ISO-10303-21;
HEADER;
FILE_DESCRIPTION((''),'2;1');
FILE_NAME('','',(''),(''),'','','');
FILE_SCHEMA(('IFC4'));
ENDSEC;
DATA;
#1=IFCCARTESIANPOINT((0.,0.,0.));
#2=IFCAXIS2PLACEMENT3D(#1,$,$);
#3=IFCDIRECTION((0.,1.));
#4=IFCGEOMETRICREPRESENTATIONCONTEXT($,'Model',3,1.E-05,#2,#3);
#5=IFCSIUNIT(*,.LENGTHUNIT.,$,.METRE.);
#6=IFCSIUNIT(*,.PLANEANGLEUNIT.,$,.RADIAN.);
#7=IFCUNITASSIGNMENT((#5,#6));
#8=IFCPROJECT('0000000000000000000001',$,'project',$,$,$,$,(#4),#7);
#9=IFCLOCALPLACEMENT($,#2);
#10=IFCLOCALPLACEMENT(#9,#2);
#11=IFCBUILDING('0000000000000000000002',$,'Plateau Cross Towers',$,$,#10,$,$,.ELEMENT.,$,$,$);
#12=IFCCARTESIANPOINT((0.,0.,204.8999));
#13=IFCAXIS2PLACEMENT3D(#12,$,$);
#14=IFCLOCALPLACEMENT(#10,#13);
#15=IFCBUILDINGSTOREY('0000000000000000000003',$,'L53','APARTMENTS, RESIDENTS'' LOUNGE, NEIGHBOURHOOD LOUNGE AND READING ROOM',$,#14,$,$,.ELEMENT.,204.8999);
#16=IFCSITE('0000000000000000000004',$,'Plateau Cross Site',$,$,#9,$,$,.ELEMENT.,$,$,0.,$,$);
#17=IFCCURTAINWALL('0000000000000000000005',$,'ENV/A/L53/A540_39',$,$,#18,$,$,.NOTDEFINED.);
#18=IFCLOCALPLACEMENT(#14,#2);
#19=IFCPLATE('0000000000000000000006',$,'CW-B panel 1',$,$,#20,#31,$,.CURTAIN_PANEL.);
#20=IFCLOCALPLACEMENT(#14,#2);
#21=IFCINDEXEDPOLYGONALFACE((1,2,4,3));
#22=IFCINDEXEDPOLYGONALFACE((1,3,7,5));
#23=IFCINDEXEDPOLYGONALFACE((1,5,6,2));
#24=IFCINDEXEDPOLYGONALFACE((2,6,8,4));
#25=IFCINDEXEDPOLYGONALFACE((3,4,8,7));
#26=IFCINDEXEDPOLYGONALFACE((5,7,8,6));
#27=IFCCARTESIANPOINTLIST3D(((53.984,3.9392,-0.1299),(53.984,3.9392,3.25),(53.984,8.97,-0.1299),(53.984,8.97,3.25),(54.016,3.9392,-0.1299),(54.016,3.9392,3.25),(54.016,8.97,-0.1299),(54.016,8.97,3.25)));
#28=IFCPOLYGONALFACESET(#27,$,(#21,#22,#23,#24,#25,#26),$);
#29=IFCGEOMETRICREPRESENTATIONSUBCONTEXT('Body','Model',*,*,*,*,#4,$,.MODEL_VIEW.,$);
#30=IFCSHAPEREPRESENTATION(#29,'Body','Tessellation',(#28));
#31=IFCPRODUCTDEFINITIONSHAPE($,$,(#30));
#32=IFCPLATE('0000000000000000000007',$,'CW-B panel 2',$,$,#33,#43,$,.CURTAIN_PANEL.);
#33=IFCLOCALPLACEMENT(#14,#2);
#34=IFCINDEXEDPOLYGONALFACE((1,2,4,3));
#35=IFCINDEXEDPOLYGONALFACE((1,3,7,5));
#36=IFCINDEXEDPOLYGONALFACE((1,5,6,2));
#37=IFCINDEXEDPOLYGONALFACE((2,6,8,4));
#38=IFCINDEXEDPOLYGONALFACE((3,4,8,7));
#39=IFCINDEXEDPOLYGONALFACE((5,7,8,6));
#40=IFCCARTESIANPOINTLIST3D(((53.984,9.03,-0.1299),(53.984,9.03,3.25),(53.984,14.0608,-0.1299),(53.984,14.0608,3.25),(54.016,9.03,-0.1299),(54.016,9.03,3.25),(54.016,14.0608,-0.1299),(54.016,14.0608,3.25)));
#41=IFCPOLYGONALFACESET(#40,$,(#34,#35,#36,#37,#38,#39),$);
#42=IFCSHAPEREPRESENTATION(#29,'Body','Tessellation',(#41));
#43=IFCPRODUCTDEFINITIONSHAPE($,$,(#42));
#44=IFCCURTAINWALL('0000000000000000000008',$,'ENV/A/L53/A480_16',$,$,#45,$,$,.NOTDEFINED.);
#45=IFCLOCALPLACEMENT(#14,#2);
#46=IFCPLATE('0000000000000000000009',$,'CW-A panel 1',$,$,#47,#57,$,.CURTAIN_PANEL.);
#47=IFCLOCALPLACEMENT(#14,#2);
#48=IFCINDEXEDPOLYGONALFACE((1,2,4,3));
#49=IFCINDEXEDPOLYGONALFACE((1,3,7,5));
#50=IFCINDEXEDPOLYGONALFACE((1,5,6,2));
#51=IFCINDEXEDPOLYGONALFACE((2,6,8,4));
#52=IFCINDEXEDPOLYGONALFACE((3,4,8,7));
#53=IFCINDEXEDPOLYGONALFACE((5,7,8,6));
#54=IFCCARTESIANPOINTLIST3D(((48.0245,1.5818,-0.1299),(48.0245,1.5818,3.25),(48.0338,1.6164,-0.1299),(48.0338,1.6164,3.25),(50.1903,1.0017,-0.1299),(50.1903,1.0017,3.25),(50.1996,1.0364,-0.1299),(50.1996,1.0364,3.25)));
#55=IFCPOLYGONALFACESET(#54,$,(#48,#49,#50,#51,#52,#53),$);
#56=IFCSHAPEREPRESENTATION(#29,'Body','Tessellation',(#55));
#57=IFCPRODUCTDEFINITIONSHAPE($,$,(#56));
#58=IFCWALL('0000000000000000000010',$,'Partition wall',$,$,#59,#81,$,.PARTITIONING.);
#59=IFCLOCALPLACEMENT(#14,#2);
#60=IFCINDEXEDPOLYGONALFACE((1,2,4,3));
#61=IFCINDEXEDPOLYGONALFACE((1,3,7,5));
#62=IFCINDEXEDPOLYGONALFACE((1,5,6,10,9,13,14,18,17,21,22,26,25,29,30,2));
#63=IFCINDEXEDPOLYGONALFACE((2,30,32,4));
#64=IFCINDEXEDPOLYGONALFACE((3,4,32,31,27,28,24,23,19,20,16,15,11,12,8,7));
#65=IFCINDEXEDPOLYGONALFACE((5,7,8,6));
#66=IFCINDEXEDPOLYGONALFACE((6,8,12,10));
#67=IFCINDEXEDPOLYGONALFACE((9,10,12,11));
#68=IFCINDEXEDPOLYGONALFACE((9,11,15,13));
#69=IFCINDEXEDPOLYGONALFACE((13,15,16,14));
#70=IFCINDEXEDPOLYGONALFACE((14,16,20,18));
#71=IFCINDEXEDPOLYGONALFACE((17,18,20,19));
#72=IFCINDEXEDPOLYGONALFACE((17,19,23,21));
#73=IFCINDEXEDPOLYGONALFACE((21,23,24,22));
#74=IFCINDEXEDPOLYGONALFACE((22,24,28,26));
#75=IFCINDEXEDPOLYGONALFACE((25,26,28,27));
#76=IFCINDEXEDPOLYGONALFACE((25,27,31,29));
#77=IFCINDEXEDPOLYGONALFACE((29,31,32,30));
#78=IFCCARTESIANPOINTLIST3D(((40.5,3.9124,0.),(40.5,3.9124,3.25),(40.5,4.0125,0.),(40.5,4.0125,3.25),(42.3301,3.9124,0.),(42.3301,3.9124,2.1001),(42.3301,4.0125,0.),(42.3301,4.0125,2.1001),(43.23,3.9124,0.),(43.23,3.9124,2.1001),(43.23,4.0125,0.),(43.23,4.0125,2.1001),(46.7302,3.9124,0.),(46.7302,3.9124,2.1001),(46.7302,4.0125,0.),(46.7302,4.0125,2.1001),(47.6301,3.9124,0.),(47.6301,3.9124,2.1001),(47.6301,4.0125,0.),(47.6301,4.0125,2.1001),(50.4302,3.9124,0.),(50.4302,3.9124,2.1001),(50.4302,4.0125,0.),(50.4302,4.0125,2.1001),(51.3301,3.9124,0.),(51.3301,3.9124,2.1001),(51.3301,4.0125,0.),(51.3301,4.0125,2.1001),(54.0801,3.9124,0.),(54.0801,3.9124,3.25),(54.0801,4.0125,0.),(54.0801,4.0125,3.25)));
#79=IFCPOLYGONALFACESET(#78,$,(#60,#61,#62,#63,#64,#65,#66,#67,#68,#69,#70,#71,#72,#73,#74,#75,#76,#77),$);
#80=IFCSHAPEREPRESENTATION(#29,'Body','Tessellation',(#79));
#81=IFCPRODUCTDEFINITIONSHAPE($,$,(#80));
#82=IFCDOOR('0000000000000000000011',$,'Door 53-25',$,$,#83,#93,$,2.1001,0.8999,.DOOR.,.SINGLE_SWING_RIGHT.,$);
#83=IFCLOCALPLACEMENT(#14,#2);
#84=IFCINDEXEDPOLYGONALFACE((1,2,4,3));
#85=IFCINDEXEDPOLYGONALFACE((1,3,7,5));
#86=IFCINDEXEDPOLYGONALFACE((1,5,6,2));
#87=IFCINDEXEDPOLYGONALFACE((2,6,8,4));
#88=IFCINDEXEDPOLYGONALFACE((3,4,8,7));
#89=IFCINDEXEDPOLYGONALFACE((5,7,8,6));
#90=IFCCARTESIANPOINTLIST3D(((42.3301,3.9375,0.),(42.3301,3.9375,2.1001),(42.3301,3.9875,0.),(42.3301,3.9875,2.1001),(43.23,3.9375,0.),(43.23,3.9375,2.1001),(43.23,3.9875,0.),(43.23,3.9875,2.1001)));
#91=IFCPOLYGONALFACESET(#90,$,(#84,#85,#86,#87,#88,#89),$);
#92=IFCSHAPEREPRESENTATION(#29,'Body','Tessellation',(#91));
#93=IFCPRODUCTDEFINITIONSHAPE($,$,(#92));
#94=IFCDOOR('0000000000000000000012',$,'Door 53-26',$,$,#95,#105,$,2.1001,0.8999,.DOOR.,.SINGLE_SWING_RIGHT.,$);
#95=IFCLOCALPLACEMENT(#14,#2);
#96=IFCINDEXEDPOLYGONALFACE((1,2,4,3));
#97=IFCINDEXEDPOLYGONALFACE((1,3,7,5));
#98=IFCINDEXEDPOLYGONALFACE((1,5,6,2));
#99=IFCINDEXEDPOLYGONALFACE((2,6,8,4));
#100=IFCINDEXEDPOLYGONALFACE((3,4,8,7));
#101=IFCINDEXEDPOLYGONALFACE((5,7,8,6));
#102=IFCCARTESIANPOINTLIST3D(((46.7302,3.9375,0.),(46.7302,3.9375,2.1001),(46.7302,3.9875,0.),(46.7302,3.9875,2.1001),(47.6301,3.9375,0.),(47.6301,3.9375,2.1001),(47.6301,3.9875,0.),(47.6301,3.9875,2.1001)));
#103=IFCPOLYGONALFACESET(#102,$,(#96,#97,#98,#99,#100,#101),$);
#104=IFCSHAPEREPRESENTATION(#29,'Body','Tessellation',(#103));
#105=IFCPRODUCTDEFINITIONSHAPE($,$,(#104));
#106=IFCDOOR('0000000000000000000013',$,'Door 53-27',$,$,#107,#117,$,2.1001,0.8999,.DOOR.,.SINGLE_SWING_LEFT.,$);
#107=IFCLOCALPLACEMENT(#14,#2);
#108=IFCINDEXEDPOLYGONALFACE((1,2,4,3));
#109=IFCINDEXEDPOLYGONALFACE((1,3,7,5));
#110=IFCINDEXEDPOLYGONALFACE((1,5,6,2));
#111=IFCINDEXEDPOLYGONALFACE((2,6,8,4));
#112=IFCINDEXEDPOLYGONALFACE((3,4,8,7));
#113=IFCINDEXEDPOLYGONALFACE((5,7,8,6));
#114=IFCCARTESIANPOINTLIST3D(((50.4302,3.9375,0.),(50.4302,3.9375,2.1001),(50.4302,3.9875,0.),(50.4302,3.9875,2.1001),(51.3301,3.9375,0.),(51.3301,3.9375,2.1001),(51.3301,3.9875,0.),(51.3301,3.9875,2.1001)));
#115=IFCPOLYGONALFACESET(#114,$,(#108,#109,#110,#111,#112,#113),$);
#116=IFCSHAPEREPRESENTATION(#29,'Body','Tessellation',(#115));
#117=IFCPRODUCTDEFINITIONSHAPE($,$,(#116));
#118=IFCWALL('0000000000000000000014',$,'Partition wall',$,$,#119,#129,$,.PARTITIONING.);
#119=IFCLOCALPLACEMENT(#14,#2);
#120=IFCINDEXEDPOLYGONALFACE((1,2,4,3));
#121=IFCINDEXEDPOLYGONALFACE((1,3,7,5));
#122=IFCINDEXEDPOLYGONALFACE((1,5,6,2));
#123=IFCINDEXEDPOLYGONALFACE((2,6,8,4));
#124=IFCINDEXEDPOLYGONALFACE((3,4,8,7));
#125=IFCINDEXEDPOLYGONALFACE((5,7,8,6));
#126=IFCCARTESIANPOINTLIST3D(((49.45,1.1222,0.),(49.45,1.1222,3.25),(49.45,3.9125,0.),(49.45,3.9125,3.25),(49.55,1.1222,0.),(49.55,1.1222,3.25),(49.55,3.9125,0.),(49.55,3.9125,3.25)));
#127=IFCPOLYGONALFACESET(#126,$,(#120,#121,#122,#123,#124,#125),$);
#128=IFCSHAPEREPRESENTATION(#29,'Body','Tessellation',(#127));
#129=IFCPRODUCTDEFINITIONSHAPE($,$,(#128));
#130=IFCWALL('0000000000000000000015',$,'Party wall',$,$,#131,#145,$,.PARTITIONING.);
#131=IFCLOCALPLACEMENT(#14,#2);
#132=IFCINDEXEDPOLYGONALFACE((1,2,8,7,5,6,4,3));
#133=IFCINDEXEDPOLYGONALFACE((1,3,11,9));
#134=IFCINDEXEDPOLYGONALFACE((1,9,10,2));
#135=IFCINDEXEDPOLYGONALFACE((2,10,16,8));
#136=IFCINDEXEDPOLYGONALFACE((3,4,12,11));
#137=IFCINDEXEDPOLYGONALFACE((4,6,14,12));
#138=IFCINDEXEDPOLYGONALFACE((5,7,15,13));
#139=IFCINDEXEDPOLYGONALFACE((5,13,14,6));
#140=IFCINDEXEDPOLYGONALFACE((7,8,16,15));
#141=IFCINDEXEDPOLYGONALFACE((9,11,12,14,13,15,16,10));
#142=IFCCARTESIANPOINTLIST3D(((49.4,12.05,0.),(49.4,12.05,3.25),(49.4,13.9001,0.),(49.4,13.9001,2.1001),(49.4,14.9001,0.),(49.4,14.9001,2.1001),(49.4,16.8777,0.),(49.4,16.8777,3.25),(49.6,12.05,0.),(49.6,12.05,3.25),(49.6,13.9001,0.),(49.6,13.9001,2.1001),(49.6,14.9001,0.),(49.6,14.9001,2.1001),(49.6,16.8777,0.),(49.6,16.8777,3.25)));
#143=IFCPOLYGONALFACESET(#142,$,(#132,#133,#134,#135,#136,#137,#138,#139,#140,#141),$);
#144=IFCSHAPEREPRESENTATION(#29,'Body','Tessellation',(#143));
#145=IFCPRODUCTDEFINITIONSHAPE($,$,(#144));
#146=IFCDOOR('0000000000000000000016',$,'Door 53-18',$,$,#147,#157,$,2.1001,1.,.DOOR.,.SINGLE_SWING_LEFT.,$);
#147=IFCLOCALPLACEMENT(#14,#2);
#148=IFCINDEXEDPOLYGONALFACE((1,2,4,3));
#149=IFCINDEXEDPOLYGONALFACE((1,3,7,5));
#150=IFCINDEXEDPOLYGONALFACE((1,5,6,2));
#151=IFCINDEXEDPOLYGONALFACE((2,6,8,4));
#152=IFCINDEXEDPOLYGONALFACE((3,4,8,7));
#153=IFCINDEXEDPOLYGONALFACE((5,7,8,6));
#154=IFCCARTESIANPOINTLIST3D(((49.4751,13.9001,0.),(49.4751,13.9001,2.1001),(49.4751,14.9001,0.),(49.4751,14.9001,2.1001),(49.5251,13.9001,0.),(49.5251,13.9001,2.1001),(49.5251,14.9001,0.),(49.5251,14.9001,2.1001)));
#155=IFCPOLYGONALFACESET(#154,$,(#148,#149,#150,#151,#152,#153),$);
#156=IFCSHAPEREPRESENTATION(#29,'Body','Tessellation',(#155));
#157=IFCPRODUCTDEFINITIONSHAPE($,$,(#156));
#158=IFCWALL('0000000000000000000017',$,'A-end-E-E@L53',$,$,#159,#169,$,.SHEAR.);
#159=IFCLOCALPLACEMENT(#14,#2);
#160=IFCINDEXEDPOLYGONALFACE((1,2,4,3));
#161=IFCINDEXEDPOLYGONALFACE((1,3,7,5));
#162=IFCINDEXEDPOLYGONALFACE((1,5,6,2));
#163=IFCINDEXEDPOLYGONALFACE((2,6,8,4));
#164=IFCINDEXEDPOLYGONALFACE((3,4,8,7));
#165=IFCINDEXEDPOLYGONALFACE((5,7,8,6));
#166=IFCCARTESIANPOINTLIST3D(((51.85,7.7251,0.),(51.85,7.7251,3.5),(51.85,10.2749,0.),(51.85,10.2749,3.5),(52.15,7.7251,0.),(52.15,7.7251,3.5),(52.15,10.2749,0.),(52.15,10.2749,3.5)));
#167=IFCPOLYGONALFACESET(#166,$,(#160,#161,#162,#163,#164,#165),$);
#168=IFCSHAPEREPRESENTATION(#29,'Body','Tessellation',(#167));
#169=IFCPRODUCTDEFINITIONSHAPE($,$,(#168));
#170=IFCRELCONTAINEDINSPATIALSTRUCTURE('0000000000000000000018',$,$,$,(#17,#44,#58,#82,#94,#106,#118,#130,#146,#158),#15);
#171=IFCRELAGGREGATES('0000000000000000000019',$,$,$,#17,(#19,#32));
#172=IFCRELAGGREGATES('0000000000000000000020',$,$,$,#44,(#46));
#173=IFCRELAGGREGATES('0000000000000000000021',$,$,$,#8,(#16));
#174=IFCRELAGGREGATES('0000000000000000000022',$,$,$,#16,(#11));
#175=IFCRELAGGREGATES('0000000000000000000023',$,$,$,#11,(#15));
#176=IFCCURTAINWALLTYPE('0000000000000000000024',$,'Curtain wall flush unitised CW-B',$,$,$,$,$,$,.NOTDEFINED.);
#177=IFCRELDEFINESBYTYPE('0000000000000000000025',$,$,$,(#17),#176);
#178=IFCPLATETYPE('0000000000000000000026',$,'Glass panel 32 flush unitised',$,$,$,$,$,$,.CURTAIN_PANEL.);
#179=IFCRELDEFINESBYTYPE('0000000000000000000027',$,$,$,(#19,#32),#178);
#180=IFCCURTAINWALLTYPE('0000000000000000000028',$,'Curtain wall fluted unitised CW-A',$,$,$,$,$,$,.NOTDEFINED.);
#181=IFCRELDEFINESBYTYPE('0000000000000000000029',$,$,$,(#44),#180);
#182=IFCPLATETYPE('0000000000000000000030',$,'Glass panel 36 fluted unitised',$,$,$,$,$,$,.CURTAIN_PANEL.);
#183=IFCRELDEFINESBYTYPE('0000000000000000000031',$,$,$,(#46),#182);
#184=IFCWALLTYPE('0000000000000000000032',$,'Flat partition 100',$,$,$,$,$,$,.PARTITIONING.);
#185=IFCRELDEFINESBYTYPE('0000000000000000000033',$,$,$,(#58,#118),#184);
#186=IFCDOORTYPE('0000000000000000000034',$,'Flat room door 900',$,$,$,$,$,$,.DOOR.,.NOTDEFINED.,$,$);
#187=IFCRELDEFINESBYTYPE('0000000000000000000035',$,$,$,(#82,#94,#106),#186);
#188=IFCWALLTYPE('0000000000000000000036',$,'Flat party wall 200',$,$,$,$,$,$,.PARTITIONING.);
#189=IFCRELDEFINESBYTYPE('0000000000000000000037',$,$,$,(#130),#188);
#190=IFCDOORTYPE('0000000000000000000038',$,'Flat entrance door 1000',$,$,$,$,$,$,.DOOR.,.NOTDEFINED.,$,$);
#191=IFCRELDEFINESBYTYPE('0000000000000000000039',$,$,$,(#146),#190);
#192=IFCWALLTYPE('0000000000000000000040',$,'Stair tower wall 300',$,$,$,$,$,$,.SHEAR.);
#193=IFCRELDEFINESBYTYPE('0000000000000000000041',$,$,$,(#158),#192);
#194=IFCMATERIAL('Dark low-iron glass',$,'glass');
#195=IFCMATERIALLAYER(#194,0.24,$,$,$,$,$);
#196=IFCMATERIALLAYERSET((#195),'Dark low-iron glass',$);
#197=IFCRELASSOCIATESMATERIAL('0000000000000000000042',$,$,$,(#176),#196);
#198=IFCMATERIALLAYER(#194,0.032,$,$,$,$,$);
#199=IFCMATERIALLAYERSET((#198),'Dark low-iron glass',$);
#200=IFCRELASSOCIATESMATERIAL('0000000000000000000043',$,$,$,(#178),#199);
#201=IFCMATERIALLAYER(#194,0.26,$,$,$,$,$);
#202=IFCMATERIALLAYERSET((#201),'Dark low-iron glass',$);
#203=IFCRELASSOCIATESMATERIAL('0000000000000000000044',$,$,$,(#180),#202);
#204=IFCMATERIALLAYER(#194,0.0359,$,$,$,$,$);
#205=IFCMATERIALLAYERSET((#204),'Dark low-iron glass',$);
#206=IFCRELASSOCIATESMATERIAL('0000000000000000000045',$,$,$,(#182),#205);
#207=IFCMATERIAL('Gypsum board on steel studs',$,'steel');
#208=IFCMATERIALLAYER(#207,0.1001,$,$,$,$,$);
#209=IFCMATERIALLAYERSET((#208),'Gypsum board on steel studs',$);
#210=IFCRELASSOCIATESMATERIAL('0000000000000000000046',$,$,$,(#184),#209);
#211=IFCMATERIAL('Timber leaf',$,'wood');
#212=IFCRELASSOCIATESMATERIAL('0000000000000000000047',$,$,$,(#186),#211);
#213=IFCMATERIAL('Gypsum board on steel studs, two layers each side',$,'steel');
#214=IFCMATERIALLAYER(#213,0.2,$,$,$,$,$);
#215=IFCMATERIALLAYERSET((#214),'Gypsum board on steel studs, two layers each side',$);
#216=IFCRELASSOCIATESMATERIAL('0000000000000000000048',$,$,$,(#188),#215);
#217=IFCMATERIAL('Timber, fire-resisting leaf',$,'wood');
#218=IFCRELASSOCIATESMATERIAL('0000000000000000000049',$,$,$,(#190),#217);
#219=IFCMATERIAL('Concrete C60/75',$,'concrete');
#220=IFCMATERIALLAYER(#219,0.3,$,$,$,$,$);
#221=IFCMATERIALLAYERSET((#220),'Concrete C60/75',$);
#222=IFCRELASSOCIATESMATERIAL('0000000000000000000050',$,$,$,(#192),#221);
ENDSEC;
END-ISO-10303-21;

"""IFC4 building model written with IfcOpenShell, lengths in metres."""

from ifc_helpers import new_model, si_unit, direction, frame, frame_2d, origin, origin_2d, place, context, subcontext, project, spatial, rectangle, extrude, material, layer, layer_set, type_object, element, fill, aggregate, save


model = new_model("IFC4")

# Units and contexts
model_context = context("Model", 3, precision=1e-05, world=origin(), true_north=direction((0.0, 1.0)))
body_context = subcontext(model_context, "Body", "Model", "MODEL_VIEW")
ifc_project = project(units=[si_unit("LENGTHUNIT", "METRE"), si_unit("PLANEANGLEUNIT", "RADIAN")], contexts=[model_context])

# Site, building, storey
site_placement = place(None, origin())
site = spatial("IfcSite", under=ifc_project, at=site_placement, Name="Plateau Cross Site", CompositionType="ELEMENT", RefElevation=0.0)
building_placement = place(site_placement, origin())
building = spatial("IfcBuilding", under=site, at=building_placement, Name="Plateau Cross Towers", CompositionType="ELEMENT")
storey_placement = place(building_placement, frame((0.0, 0.0, 204.8999)))
storey = spatial("IfcBuildingStorey", under=building, at=storey_placement, Name="L53", Description="APARTMENTS, RESIDENTS' LOUNGE, NEIGHBOURHOOD LOUNGE AND READING ROOM", CompositionType="ELEMENT", Elevation=204.8999)

# Shared definitions
ifc_material_1 = material(Name="Concrete C60/75", Category="concrete")

# Shared definitions
ifc_material_2 = material(Name="Dark low-iron glass", Category="glass")
ifc_layer_1 = layer(ifc_material_2, 0.24)
ifc_layer_set_1 = layer_set([ifc_layer_1], Name="Dark low-iron glass")
curtain_wall_type_1 = type_object("IfcCurtainWallType", Name="Curtain wall flush unitised CW-B", PredefinedType="NOTDEFINED", material=ifc_layer_set_1)

# Curtain wall
curtain_wall_1_placement = place(storey_placement, origin())
curtain_wall_1 = element("IfcCurtainWall", 1, at=curtain_wall_1_placement, inside=storey, type_object=curtain_wall_type_1, Name="ENV/A/L53/A540_39", PredefinedType="NOTDEFINED")

# Plates
ifc_layer_2 = layer(ifc_material_2, 0.032)
ifc_layer_set_2 = layer_set([ifc_layer_2], Name="Dark low-iron glass")
plate_type_1 = type_object("IfcPlateType", Name="Glass panel 32 flush unitised", PredefinedType="CURTAIN_PANEL", material=ifc_layer_set_2)
plate_1_placement = place(storey_placement, frame((54.0, 6.4546, -0.1299), z_axis=(0.0, 0.0, 1.0), x_axis=(0.0, 1.0, 0.0)))
plate_1 = element("IfcPlate", 2, at=plate_1_placement, type_object=plate_type_1, Name="CW-B panel 1", PredefinedType="CURTAIN_PANEL", context=body_context, shape_type="SweptSolid", body=[
    extrude(rectangle(XDim=5.0308, YDim=0.032, at=origin_2d()), origin(), (0.0, 0.0, 1.0), 3.3799),
])
plate_2_placement = place(storey_placement, frame((54.0, 11.5454, -0.1299), z_axis=(0.0, 0.0, 1.0), x_axis=(0.0, 1.0, 0.0)))
plate_2 = element("IfcPlate", 3, at=plate_2_placement, type_object=plate_type_1, Name="CW-B panel 2", PredefinedType="CURTAIN_PANEL", context=body_context, shape_type="SweptSolid", body=[
    extrude(rectangle(XDim=5.0308, YDim=0.032, at=origin_2d()), origin(), (0.0, 0.0, 1.0), 3.3799),
])
aggregate(curtain_wall_1, [plate_1, plate_2])

# Curtain wall, plate
ifc_layer_3 = layer(ifc_material_2, 0.26)
ifc_layer_set_3 = layer_set([ifc_layer_3], Name="Dark low-iron glass")
curtain_wall_type_2 = type_object("IfcCurtainWallType", Name="Curtain wall fluted unitised CW-A", PredefinedType="NOTDEFINED", material=ifc_layer_set_3)
curtain_wall_2_placement = place(storey_placement, origin())
curtain_wall_2 = element("IfcCurtainWall", 4, at=curtain_wall_2_placement, inside=storey, type_object=curtain_wall_type_2, Name="ENV/A/L53/A480_16", PredefinedType="NOTDEFINED")
ifc_layer_4 = layer(ifc_material_2, 0.0359)
ifc_layer_set_4 = layer_set([ifc_layer_4], Name="Dark low-iron glass")
plate_type_2 = type_object("IfcPlateType", Name="Glass panel 36 fluted unitised", PredefinedType="CURTAIN_PANEL", material=ifc_layer_set_4)
plate_3_placement = place(storey_placement, frame((49.1121, 1.3091, -0.1299), z_axis=(0.0, 0.0, 1.0), x_axis=(0.965958, -0.258699, 0.0)))
plate_3 = element("IfcPlate", 5, at=plate_3_placement, type_object=plate_type_2, Name="CW-A panel 1", PredefinedType="CURTAIN_PANEL", context=body_context, shape_type="SweptSolid", body=[
    extrude(rectangle(XDim=2.2422, YDim=0.0359, at=origin_2d()), origin(), (0.0, 0.0, 1.0), 3.3799),
])
aggregate(curtain_wall_2, [plate_3])

# Wall, openings, doors
ifc_material_3 = material(Name="Gypsum board on steel studs", Category="steel")
ifc_layer_5 = layer(ifc_material_3, 0.1001)
ifc_layer_set_5 = layer_set([ifc_layer_5], Name="Gypsum board on steel studs")
wall_type_1 = type_object("IfcWallType", Name="Flat partition 100", PredefinedType="PARTITIONING", material=ifc_layer_set_5)
wall_1_placement = place(storey_placement, frame((54.0801, 3.9624, 0.0), z_axis=(0.0, 0.0, 1.0), x_axis=(-1.0, 0.0, 0.0)))
wall_1 = element("IfcWall", 6, at=wall_1_placement, inside=storey, type_object=wall_type_1, Name="Partition wall", PredefinedType="PARTITIONING", context=body_context, shape_type="SweptSolid", body=[
    extrude(rectangle(XDim=13.5801, YDim=0.1001, at=frame_2d((6.79, 0.0))), origin(), (0.0, 0.0, 1.0), 3.25),
])
opening_1_placement = place(wall_1_placement, frame((10.8501, 0.0, 0.0)))
opening_1 = element("IfcOpeningElement", 7, at=opening_1_placement, cuts=wall_1, PredefinedType="OPENING", context=body_context, shape_type="SweptSolid", body=[
    extrude(rectangle(XDim=0.8999, YDim=2.1001, at=frame_2d((0.45, 1.05))), frame((0.0, 0.0601, 0.0), z_axis=(0.0, -1.0, 0.0), x_axis=(1.0, 0.0, 0.0)), (0.0, 0.0, 1.0), 0.1201),
])
opening_2_placement = place(wall_1_placement, frame((6.45, 0.0, 0.0)))
opening_2 = element("IfcOpeningElement", 8, at=opening_2_placement, cuts=wall_1, PredefinedType="OPENING", context=body_context, shape_type="SweptSolid", body=[
    extrude(rectangle(XDim=0.8999, YDim=2.1001, at=frame_2d((0.45, 1.05))), frame((0.0, 0.0601, 0.0), z_axis=(0.0, -1.0, 0.0), x_axis=(1.0, 0.0, 0.0)), (0.0, 0.0, 1.0), 0.1201),
])
opening_3_placement = place(wall_1_placement, frame((2.75, 0.0, 0.0)))
opening_3 = element("IfcOpeningElement", 9, at=opening_3_placement, cuts=wall_1, PredefinedType="OPENING", context=body_context, shape_type="SweptSolid", body=[
    extrude(rectangle(XDim=0.8999, YDim=2.1001, at=frame_2d((0.45, 1.05))), frame((0.0, 0.0601, 0.0), z_axis=(0.0, -1.0, 0.0), x_axis=(1.0, 0.0, 0.0)), (0.0, 0.0, 1.0), 0.1201),
])
ifc_material_4 = material(Name="Timber leaf", Category="wood")
door_type_1 = type_object("IfcDoorType", Name="Flat room door 900", OperationType="NOTDEFINED", PredefinedType="DOOR", material=ifc_material_4)
door_1_placement = place(opening_1_placement, origin())
door_1 = element("IfcDoor", 10, at=door_1_placement, inside=storey, type_object=door_type_1, Name="Door 53-25", OperationType="SINGLE_SWING_RIGHT", OverallHeight=2.1001, OverallWidth=0.8999, PredefinedType="DOOR", context=body_context, shape_type="SweptSolid", body=[
    extrude(rectangle(XDim=0.8999, YDim=2.1001, at=frame_2d((0.45, 1.05))), frame((0.0, 0.0249, 0.0), z_axis=(0.0, -1.0, 0.0), x_axis=(1.0, 0.0, 0.0)), (0.0, 0.0, 1.0), 0.05),
])
fill(opening_1, door_1)
door_2_placement = place(opening_2_placement, origin())
door_2 = element("IfcDoor", 11, at=door_2_placement, inside=storey, type_object=door_type_1, Name="Door 53-26", OperationType="SINGLE_SWING_RIGHT", OverallHeight=2.1001, OverallWidth=0.8999, PredefinedType="DOOR", context=body_context, shape_type="SweptSolid", body=[
    extrude(rectangle(XDim=0.8999, YDim=2.1001, at=frame_2d((0.45, 1.05))), frame((0.0, 0.0249, 0.0), z_axis=(0.0, -1.0, 0.0), x_axis=(1.0, 0.0, 0.0)), (0.0, 0.0, 1.0), 0.05),
])
fill(opening_2, door_2)
door_3_placement = place(opening_3_placement, origin())
door_3 = element("IfcDoor", 12, at=door_3_placement, inside=storey, type_object=door_type_1, Name="Door 53-27", OperationType="SINGLE_SWING_LEFT", OverallHeight=2.1001, OverallWidth=0.8999, PredefinedType="DOOR", context=body_context, shape_type="SweptSolid", body=[
    extrude(rectangle(XDim=0.8999, YDim=2.1001, at=frame_2d((0.45, 1.05))), frame((0.0, 0.0249, 0.0), z_axis=(0.0, -1.0, 0.0), x_axis=(1.0, 0.0, 0.0)), (0.0, 0.0, 1.0), 0.05),
])
fill(opening_3, door_3)

# Wall
wall_2_placement = place(storey_placement, frame((49.5, 1.1223, 0.0), z_axis=(0.0, 0.0, 1.0), x_axis=(0.0, 1.0, 0.0)))
element("IfcWall", 13, at=wall_2_placement, inside=storey, type_object=wall_type_1, Name="Partition wall", PredefinedType="PARTITIONING", context=body_context, shape_type="SweptSolid", body=[
    extrude(rectangle(XDim=2.7903, YDim=0.1001, at=frame_2d((1.395, 0.0))), origin(), (0.0, 0.0, 1.0), 3.25),
])

# Wall, opening, door
ifc_material_5 = material(Name="Gypsum board on steel studs, two layers each side", Category="steel")
ifc_layer_6 = layer(ifc_material_5, 0.2)
ifc_layer_set_6 = layer_set([ifc_layer_6], Name="Gypsum board on steel studs, two layers each side")
wall_type_2 = type_object("IfcWallType", Name="Flat party wall 200", PredefinedType="PARTITIONING", material=ifc_layer_set_6)
wall_3_placement = place(storey_placement, frame((49.5, 12.05, 0.0), z_axis=(0.0, 0.0, 1.0), x_axis=(0.0, 1.0, 0.0)))
wall_3 = element("IfcWall", 14, at=wall_3_placement, inside=storey, type_object=wall_type_2, Name="Party wall", PredefinedType="PARTITIONING", context=body_context, shape_type="SweptSolid", body=[
    extrude(rectangle(XDim=4.8276, YDim=0.2, at=frame_2d((2.4138, 0.0))), origin(), (0.0, 0.0, 1.0), 3.25),
])
opening_4_placement = place(wall_3_placement, frame((1.8501, 0.0, 0.0)))
opening_4 = element("IfcOpeningElement", 15, at=opening_4_placement, cuts=wall_3, PredefinedType="OPENING", context=body_context, shape_type="SweptSolid", body=[
    extrude(rectangle(XDim=1.0, YDim=2.1001, at=frame_2d((0.5, 1.05))), frame((0.0, 0.1099, 0.0), z_axis=(0.0, -1.0, 0.0), x_axis=(1.0, 0.0, 0.0)), (0.0, 0.0, 1.0), 0.22),
])
ifc_material_6 = material(Name="Timber, fire-resisting leaf", Category="wood")
door_type_2 = type_object("IfcDoorType", Name="Flat entrance door 1000", OperationType="NOTDEFINED", PredefinedType="DOOR", material=ifc_material_6)
door_4_placement = place(opening_4_placement, origin())
door_4 = element("IfcDoor", 16, at=door_4_placement, inside=storey, type_object=door_type_2, Name="Door 53-18", OperationType="SINGLE_SWING_LEFT", OverallHeight=2.1001, OverallWidth=1.0, PredefinedType="DOOR", context=body_context, shape_type="SweptSolid", body=[
    extrude(rectangle(XDim=1.0, YDim=2.1001, at=frame_2d((0.5, 1.05))), frame((0.0, 0.0249, 0.0), z_axis=(0.0, -1.0, 0.0), x_axis=(1.0, 0.0, 0.0)), (0.0, 0.0, 1.0), 0.05),
])
fill(opening_4, door_4)

# Wall
ifc_layer_7 = layer(ifc_material_1, 0.3)
ifc_layer_set_7 = layer_set([ifc_layer_7], Name="Concrete C60/75")
wall_type_3 = type_object("IfcWallType", Name="Stair tower wall 300", PredefinedType="SHEAR", material=ifc_layer_set_7)
wall_4_placement = place(storey_placement, frame((52.0, 7.7251, 0.0), z_axis=(0.0, 0.0, 1.0), x_axis=(0.0, 1.0, 0.0)))
element("IfcWall", 17, at=wall_4_placement, inside=storey, type_object=wall_type_3, Name="A-end-E-E@L53", PredefinedType="SHEAR", context=body_context, shape_type="SweptSolid", body=[
    extrude(rectangle(XDim=2.5498, YDim=0.3, at=frame_2d((1.2749, 0.0))), origin(), (0.0, 0.0, 1.0), 3.5),
])

save(model, "model.ifc")
